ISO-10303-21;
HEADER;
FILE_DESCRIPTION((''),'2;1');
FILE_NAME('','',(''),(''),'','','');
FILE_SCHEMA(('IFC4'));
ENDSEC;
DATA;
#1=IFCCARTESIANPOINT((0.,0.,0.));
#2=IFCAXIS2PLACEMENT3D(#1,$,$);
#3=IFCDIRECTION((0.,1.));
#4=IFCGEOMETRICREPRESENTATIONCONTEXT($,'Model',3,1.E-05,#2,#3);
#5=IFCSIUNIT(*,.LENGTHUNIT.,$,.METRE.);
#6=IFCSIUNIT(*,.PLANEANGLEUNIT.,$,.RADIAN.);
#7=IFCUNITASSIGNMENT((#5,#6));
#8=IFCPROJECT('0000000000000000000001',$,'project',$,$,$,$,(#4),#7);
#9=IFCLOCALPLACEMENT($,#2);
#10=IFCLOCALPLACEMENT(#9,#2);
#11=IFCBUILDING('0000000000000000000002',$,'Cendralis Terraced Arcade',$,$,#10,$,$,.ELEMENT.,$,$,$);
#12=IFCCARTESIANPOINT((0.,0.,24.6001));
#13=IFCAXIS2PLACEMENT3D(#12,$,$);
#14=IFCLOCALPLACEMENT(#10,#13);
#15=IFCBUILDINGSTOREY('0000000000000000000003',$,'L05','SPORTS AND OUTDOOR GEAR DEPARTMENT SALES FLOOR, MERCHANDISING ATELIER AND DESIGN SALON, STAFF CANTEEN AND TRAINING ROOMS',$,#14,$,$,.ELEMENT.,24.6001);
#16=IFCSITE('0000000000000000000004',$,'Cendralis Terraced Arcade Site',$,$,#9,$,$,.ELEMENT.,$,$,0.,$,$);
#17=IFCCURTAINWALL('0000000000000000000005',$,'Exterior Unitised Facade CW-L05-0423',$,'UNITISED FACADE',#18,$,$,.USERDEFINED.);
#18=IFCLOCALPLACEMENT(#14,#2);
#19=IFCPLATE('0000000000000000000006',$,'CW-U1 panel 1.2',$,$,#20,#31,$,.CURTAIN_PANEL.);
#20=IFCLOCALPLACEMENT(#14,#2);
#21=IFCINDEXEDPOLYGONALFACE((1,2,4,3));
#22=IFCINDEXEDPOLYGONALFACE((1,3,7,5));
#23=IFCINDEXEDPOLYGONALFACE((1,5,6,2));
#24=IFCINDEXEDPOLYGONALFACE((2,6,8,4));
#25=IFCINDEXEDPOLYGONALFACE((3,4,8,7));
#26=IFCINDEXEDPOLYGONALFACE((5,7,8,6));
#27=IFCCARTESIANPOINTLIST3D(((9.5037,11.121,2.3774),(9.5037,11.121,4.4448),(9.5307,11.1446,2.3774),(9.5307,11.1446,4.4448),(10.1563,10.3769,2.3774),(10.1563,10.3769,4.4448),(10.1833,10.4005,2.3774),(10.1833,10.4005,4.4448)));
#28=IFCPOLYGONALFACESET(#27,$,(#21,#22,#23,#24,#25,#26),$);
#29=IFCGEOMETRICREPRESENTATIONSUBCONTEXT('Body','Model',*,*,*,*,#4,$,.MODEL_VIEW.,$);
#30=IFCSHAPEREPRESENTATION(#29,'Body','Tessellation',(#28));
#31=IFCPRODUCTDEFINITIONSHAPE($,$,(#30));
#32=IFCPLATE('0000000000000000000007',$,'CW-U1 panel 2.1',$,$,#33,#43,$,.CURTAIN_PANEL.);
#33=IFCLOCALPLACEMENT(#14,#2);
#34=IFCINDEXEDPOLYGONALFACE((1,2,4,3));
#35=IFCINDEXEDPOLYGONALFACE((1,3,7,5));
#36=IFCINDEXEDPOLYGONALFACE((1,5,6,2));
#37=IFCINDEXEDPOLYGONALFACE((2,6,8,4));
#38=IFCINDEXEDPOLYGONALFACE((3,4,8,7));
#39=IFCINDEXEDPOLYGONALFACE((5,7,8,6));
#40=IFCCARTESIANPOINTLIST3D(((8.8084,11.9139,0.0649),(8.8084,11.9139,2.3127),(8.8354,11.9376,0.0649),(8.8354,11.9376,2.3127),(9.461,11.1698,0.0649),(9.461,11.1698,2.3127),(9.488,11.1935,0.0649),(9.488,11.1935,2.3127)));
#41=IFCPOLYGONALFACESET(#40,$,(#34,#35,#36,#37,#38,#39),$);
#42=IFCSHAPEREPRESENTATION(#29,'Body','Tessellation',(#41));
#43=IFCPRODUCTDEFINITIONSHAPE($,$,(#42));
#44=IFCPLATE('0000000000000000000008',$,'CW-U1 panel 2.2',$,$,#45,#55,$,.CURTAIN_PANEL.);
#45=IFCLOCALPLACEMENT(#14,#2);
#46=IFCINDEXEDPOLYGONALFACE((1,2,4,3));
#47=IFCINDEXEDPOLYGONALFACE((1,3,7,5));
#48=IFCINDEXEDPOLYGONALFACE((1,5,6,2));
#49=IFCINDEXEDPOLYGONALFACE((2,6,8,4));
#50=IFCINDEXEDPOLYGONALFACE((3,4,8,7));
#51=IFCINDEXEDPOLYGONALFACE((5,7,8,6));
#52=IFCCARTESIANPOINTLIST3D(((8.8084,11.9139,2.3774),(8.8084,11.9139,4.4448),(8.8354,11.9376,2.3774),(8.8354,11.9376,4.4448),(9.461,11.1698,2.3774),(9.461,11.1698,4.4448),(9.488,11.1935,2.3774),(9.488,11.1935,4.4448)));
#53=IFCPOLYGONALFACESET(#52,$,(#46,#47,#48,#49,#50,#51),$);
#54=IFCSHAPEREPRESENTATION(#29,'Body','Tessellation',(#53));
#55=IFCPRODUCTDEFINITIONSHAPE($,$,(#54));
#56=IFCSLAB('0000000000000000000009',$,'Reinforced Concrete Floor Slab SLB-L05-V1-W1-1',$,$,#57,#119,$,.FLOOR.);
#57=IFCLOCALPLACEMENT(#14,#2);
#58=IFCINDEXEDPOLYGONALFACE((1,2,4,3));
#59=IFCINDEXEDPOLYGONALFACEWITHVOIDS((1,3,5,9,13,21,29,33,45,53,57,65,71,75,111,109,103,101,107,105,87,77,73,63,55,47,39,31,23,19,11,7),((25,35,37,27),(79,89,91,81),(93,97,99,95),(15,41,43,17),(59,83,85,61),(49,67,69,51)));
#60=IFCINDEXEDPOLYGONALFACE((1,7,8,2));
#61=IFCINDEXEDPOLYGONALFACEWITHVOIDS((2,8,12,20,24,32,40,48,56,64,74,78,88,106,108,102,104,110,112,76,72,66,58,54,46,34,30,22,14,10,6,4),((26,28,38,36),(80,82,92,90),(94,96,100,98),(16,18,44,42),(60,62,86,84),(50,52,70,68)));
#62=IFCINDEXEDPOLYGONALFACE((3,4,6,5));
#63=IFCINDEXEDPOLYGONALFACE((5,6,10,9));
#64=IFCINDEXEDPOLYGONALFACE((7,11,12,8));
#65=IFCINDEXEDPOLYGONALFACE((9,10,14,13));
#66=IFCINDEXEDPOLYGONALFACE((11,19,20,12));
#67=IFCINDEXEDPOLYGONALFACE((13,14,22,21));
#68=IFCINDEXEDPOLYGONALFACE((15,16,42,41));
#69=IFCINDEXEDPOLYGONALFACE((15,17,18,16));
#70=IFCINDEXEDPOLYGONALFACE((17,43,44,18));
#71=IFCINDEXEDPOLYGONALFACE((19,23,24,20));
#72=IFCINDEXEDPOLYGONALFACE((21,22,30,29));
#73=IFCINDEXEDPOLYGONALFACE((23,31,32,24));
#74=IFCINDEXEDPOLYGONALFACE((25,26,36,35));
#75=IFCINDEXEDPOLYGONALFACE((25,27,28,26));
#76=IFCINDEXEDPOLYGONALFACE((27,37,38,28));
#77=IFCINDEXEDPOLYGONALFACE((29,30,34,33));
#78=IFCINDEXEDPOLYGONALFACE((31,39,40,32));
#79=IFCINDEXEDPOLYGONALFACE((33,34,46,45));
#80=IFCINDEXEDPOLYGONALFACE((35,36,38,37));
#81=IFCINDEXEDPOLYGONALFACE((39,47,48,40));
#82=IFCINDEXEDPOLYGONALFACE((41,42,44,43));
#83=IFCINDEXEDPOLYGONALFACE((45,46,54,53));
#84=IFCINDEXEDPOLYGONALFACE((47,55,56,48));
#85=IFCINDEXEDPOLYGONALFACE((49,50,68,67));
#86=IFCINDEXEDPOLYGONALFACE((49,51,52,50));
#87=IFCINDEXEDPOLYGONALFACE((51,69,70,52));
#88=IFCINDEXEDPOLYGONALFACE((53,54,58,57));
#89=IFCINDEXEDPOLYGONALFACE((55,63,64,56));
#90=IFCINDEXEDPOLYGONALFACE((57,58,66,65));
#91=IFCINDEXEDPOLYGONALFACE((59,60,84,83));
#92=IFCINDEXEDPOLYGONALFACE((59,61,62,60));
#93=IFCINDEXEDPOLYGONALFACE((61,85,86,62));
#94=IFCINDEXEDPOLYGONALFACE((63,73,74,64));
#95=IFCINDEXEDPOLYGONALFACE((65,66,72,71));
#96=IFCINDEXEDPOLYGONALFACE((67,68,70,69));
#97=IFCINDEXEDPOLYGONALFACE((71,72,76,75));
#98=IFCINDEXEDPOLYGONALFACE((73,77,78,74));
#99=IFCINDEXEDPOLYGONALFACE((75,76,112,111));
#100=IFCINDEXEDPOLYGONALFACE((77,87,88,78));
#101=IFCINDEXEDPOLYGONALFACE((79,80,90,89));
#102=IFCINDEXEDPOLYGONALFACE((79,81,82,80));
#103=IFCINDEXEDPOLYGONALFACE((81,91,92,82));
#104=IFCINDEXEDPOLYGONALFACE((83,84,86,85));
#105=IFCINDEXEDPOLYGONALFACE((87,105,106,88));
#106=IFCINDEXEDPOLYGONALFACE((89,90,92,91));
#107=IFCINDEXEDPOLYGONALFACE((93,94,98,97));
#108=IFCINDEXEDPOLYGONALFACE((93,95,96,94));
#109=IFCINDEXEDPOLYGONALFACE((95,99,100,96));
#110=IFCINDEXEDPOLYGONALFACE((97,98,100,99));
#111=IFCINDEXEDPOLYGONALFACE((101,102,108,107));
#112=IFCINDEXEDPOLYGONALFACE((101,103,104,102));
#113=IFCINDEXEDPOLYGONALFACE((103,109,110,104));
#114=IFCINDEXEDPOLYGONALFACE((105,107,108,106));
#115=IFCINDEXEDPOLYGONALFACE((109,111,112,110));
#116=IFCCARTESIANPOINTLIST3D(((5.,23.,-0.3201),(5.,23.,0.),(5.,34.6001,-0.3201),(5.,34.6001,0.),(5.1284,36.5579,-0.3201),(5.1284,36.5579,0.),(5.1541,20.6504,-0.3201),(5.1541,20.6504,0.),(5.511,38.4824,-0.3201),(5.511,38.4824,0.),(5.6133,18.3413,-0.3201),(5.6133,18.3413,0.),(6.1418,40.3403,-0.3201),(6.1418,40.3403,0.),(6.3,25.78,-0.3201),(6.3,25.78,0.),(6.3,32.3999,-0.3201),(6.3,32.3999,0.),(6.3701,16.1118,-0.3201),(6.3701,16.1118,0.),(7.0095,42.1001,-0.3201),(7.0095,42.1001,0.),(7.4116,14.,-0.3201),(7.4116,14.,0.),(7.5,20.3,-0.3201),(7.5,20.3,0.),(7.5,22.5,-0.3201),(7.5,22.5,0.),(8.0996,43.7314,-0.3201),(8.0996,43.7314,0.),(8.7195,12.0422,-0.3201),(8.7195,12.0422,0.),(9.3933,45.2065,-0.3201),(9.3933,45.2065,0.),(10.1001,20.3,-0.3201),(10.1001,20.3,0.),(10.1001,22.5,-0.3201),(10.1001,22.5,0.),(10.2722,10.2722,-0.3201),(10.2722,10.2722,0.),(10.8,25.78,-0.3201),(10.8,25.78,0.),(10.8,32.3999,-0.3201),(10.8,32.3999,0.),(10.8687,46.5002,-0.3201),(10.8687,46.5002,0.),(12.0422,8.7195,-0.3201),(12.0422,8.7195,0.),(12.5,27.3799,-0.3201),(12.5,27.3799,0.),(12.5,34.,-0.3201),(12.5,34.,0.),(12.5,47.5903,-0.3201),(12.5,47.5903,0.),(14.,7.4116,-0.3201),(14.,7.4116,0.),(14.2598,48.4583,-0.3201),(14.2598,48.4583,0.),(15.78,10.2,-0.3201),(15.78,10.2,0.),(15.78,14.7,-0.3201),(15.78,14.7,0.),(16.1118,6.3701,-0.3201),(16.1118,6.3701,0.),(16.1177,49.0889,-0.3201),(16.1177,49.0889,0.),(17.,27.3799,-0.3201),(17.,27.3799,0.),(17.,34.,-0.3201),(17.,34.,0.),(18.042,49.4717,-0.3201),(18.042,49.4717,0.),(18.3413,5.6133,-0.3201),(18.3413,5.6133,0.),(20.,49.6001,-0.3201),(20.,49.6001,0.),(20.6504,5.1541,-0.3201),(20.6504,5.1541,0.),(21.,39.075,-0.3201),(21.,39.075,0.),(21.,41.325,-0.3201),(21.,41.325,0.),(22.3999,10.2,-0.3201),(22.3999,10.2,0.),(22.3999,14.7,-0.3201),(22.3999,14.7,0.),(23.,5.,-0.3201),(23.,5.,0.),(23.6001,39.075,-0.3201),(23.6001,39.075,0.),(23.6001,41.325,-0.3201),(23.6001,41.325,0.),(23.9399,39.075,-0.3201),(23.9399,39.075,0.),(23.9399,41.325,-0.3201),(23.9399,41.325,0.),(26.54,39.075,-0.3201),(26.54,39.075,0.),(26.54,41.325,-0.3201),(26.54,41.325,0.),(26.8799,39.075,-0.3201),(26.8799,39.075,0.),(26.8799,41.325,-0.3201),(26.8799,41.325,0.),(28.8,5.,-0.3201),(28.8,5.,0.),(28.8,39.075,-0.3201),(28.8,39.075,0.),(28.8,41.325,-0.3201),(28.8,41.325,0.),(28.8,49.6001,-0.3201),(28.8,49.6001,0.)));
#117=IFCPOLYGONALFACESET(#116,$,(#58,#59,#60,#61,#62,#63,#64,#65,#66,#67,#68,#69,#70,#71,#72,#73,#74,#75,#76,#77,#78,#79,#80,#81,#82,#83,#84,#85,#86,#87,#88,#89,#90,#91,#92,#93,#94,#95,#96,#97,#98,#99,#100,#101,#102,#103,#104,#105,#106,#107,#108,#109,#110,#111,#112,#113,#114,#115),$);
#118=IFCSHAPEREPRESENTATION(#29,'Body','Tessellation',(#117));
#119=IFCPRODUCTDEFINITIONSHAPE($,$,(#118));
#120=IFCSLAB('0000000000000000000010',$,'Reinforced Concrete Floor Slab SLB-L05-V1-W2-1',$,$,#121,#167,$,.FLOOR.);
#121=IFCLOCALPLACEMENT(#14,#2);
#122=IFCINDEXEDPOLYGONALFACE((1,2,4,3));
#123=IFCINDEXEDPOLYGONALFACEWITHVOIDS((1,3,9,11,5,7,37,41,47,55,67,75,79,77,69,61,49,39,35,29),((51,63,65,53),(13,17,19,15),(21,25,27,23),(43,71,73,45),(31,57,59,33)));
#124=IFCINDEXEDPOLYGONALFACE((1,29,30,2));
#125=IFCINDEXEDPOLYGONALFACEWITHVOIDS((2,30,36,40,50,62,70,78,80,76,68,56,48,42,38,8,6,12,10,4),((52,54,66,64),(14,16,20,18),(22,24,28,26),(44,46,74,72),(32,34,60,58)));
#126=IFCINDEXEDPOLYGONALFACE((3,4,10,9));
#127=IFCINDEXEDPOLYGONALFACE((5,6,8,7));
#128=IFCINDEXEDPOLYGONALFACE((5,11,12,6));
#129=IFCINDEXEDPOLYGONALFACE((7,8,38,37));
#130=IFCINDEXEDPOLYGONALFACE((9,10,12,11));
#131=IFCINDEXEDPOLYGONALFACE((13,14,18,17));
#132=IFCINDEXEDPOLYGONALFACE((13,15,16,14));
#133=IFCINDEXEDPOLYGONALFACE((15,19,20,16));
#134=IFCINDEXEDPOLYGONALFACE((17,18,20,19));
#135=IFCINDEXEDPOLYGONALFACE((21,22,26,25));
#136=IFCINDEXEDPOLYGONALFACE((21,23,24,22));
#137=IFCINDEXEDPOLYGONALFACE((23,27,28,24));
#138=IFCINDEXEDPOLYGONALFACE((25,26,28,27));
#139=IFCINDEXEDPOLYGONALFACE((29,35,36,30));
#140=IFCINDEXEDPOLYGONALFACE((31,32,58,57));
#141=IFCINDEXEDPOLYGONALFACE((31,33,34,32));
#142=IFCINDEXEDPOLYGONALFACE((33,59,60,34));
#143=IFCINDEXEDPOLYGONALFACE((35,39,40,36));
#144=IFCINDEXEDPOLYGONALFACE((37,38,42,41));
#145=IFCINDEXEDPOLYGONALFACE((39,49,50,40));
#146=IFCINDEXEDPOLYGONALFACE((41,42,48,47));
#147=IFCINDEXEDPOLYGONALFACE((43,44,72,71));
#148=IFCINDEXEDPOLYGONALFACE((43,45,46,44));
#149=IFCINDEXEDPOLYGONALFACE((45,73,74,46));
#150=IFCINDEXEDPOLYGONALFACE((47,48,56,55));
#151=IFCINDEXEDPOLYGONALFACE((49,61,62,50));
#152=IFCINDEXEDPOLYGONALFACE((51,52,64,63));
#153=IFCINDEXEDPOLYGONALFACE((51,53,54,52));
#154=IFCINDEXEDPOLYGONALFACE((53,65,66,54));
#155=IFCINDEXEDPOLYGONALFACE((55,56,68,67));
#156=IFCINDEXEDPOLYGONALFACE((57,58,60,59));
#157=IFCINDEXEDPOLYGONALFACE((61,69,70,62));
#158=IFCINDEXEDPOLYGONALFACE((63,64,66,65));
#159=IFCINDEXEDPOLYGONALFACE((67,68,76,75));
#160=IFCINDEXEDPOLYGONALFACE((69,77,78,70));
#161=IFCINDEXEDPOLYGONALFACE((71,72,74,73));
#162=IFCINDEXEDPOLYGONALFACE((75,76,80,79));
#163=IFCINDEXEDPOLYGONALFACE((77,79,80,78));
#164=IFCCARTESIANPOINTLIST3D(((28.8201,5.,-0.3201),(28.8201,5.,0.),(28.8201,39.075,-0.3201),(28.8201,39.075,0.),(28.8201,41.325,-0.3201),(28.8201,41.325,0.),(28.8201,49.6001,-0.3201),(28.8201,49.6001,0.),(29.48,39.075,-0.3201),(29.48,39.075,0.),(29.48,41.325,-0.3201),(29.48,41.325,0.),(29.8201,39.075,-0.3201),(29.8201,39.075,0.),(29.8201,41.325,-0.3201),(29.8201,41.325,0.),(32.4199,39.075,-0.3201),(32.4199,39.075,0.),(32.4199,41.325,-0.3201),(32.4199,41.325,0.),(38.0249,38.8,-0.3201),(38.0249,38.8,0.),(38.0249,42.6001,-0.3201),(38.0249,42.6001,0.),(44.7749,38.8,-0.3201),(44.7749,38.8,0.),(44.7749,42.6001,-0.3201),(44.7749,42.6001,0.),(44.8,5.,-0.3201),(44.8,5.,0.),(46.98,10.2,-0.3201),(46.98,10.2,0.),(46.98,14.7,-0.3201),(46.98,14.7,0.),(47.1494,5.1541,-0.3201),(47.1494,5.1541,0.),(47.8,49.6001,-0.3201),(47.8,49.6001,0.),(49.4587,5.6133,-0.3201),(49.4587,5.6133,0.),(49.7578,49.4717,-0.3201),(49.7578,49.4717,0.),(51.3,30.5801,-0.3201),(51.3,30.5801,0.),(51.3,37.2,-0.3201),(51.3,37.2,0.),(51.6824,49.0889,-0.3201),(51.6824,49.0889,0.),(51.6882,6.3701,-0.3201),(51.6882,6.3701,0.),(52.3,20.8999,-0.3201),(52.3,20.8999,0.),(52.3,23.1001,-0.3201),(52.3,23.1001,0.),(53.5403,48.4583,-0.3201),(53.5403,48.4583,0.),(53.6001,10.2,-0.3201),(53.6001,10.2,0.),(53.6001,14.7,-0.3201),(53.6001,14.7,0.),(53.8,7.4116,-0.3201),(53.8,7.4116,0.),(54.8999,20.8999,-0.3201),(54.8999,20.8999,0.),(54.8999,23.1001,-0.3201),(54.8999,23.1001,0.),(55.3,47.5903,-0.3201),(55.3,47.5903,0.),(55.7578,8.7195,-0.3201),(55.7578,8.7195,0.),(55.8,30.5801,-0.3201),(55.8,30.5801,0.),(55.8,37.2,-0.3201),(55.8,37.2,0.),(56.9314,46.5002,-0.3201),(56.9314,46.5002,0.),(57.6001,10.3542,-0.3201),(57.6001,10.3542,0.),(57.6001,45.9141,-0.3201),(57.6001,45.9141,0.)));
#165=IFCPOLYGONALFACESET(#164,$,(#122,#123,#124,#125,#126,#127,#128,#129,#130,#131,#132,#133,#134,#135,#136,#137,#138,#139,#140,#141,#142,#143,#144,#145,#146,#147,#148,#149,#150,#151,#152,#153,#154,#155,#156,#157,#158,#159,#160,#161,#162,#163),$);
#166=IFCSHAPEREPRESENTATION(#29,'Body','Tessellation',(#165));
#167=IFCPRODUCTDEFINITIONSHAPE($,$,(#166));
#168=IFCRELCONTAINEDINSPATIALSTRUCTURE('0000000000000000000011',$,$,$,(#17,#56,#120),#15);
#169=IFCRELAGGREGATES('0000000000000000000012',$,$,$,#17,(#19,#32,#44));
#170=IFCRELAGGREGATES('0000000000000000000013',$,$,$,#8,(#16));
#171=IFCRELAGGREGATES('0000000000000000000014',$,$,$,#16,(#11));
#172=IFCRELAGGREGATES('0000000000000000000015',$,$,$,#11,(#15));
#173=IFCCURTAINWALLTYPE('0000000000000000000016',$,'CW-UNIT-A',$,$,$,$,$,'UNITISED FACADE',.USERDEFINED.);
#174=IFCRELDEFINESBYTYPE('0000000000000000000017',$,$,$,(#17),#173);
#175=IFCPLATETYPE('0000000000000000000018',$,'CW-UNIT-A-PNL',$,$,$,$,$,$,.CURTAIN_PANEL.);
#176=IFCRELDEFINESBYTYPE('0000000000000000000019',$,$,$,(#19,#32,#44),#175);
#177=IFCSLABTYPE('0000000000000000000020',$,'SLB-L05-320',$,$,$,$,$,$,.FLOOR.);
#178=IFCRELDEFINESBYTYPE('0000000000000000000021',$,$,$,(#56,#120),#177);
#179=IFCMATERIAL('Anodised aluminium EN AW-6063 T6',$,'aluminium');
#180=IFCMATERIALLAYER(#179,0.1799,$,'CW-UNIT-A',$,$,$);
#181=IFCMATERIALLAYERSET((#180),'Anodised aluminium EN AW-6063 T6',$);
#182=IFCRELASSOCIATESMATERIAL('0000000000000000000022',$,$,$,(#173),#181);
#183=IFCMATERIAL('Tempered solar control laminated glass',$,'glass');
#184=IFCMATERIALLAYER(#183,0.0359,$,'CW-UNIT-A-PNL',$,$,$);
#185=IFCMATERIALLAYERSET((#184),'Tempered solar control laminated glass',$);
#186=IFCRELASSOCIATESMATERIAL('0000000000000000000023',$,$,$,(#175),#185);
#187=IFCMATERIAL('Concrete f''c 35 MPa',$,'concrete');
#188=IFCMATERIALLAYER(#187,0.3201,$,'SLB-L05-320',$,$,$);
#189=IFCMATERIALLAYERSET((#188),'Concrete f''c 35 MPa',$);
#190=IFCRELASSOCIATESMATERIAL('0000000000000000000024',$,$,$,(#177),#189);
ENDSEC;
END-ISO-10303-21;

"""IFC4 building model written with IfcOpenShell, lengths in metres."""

from ifc_helpers import new_model, si_unit, direction, frame, origin, origin_2d, place, context, subcontext, project, spatial, polyline, rectangle, outline, extrude, material, layer, layer_set, type_object, element, aggregate, save


model = new_model("IFC4")

# Units and contexts
model_context = context("Model", 3, precision=1e-05, world=origin(), true_north=direction((0.0, 1.0)))
body_context = subcontext(model_context, "Body", "Model", "MODEL_VIEW")
ifc_project = project(units=[si_unit("LENGTHUNIT", "METRE"), si_unit("PLANEANGLEUNIT", "RADIAN")], contexts=[model_context])

# Site, building, storey
site_placement = place(None, origin())
site = spatial("IfcSite", under=ifc_project, at=site_placement, Name="Cendralis Terraced Arcade Site", CompositionType="ELEMENT", RefElevation=0.0)
building_placement = place(site_placement, origin())
building = spatial("IfcBuilding", under=site, at=building_placement, Name="Cendralis Terraced Arcade", CompositionType="ELEMENT")
storey_placement = place(building_placement, frame((0.0, 0.0, 24.6001)))
storey = spatial("IfcBuildingStorey", under=building, at=storey_placement, Name="L05", Description="SPORTS AND OUTDOOR GEAR DEPARTMENT SALES FLOOR, MERCHANDISING ATELIER AND DESIGN SALON, STAFF CANTEEN AND TRAINING ROOMS", CompositionType="ELEMENT", Elevation=24.6001)

# Shared definitions
ifc_material_1 = material(Name="Anodised aluminium EN AW-6063 T6", Category="aluminium")
ifc_layer_1 = layer(ifc_material_1, 0.1799, Name="CW-UNIT-A")
ifc_layer_set_1 = layer_set([ifc_layer_1], Name="Anodised aluminium EN AW-6063 T6")
curtain_wall_type = type_object("IfcCurtainWallType", Name="CW-UNIT-A", ElementType="UNITISED FACADE", PredefinedType="USERDEFINED", material=ifc_layer_set_1)

# Curtain wall
curtain_wall_1_placement = place(storey_placement, origin())
curtain_wall_1 = element("IfcCurtainWall", 1, at=curtain_wall_1_placement, inside=storey, type_object=curtain_wall_type, Name="Exterior Unitised Facade CW-L05-0423", ObjectType="UNITISED FACADE", PredefinedType="USERDEFINED")

# Plates
ifc_material_2 = material(Name="Tempered solar control laminated glass", Category="glass")
ifc_layer_2 = layer(ifc_material_2, 0.0359, Name="CW-UNIT-A-PNL")
ifc_layer_set_2 = layer_set([ifc_layer_2], Name="Tempered solar control laminated glass")
plate_type = type_object("IfcPlateType", Name="CW-UNIT-A-PNL", PredefinedType="CURTAIN_PANEL", material=ifc_layer_set_2)
plate_1_placement = place(storey_placement, frame((9.8435, 10.7607, 2.3774), z_axis=(0.0, 0.0, 1.0), x_axis=(-0.659403, 0.75179, 0.0)))
plate_1 = element("IfcPlate", 2, at=plate_1_placement, type_object=plate_type, Name="CW-U1 panel 1.2", PredefinedType="CURTAIN_PANEL", context=body_context, shape_type="SweptSolid", body=[
    extrude(rectangle(XDim=0.9897, YDim=0.0359, at=origin_2d()), origin(), (0.0, 0.0, 1.0), 2.0674),
])
plate_2_placement = place(storey_placement, frame((9.1482, 11.5537, 0.0649), z_axis=(0.0, 0.0, 1.0), x_axis=(-0.659403, 0.75179, 0.0)))
plate_2 = element("IfcPlate", 3, at=plate_2_placement, type_object=plate_type, Name="CW-U1 panel 2.1", PredefinedType="CURTAIN_PANEL", context=body_context, shape_type="SweptSolid", body=[
    extrude(rectangle(XDim=0.9897, YDim=0.0359, at=origin_2d()), origin(), (0.0, 0.0, 1.0), 2.2478),
])
plate_3_placement = place(storey_placement, frame((9.1482, 11.5537, 2.3774), z_axis=(0.0, 0.0, 1.0), x_axis=(-0.659403, 0.75179, 0.0)))
plate_3 = element("IfcPlate", 4, at=plate_3_placement, type_object=plate_type, Name="CW-U1 panel 2.2", PredefinedType="CURTAIN_PANEL", context=body_context, shape_type="SweptSolid", body=[
    extrude(rectangle(XDim=0.9897, YDim=0.0359, at=origin_2d()), origin(), (0.0, 0.0, 1.0), 2.0674),
])
aggregate(curtain_wall_1, [plate_1, plate_2, plate_3])

# Slabs
ifc_material_3 = material(Name="Concrete f'c 35 MPa", Category="concrete")
ifc_layer_3 = layer(ifc_material_3, 0.3201, Name="SLB-L05-320")
ifc_layer_set_3 = layer_set([ifc_layer_3], Name="Concrete f'c 35 MPa")
slab_type_1 = type_object("IfcSlabType", Name="SLB-L05-320", PredefinedType="FLOOR", material=ifc_layer_set_3)
slab_1_placement = place(storey_placement, frame((0.0, 0.0, -0.3201)))
element("IfcSlab", 5, at=slab_1_placement, inside=storey, type_object=slab_type_1, Name="Reinforced Concrete Floor Slab SLB-L05-V1-W1-1", PredefinedType="FLOOR", context=body_context, shape_type="SweptSolid", body=[
    extrude(outline(polyline([(5.1284, 36.5579), (5.511, 38.4824), (6.1418, 40.3403), (7.0095, 42.1001), (8.0996, 43.7314), (9.3933, 45.2065), (10.8687, 46.5002), (12.5, 47.5903), (14.2598, 48.4583), (16.1177, 49.0889), (18.042, 49.4717), (20.0, 49.6001), (28.8, 49.6001), (28.8, 41.325), (26.8799, 41.325), (26.8799, 39.075), (28.8, 39.075), (28.8, 5.0), (23.0, 5.0), (20.6504, 5.1541), (18.3413, 5.6133), (16.1118, 6.3701), (14.0, 7.4116), (12.0422, 8.7195), (10.2722, 10.2722), (8.7195, 12.0422), (7.4116, 14.0), (6.3701, 16.1118), (5.6133, 18.3413), (5.1541, 20.6504), (5.0, 23.0), (5.0, 34.6001), (5.1284, 36.5579)]), holes=[polyline([(15.78, 14.7), (15.78, 10.2), (22.3999, 10.2), (22.3999, 14.7), (15.78, 14.7)]), polyline([(10.1001, 22.5), (7.5, 22.5), (7.5, 20.3), (10.1001, 20.3), (10.1001, 22.5)]), polyline([(10.8, 32.3999), (6.3, 32.3999), (6.3, 25.78), (10.8, 25.78), (10.8, 32.3999)]), polyline([(17.0, 34.0), (12.5, 34.0), (12.5, 27.3799), (17.0, 27.3799), (17.0, 34.0)]), polyline([(23.6001, 41.325), (21.0, 41.325), (21.0, 39.075), (23.6001, 39.075), (23.6001, 41.325)]), polyline([(26.54, 41.325), (23.9399, 41.325), (23.9399, 39.075), (26.54, 39.075), (26.54, 41.325)])]), origin(), (0.0, 0.0, 1.0), 0.3201),
])
slab_2_placement = place(storey_placement, frame((0.0, 0.0, -0.3201)))
element("IfcSlab", 6, at=slab_2_placement, inside=storey, type_object=slab_type_1, Name="Reinforced Concrete Floor Slab SLB-L05-V1-W2-1", PredefinedType="FLOOR", context=body_context, shape_type="SweptSolid", body=[
    extrude(outline(polyline([(51.6824, 49.0889), (53.5403, 48.4583), (55.3, 47.5903), (56.9314, 46.5002), (57.6001, 45.9141), (57.6001, 10.3542), (55.7578, 8.7195), (53.8, 7.4116), (51.6882, 6.3701), (49.4587, 5.6133), (47.1494, 5.1541), (44.8, 5.0), (28.8201, 5.0), (28.8201, 39.075), (29.48, 39.075), (29.48, 41.325), (28.8201, 41.325), (28.8201, 49.6001), (47.8, 49.6001), (49.7578, 49.4717), (51.6824, 49.0889)]), holes=[polyline([(46.98, 14.7), (46.98, 10.2), (53.6001, 10.2), (53.6001, 14.7), (46.98, 14.7)]), polyline([(52.3, 23.1001), (52.3, 20.8999), (54.8999, 20.8999), (54.8999, 23.1001), (52.3, 23.1001)]), polyline([(51.3, 37.2), (51.3, 30.5801), (55.8, 30.5801), (55.8, 37.2), (51.3, 37.2)]), polyline([(29.8201, 41.325), (29.8201, 39.075), (32.4199, 39.075), (32.4199, 41.325), (29.8201, 41.325)]), polyline([(38.0249, 42.6001), (38.0249, 38.8), (44.7749, 38.8), (44.7749, 42.6001), (38.0249, 42.6001)])]), origin(), (0.0, 0.0, 1.0), 0.3201),
])

save(model, "model.ifc")
